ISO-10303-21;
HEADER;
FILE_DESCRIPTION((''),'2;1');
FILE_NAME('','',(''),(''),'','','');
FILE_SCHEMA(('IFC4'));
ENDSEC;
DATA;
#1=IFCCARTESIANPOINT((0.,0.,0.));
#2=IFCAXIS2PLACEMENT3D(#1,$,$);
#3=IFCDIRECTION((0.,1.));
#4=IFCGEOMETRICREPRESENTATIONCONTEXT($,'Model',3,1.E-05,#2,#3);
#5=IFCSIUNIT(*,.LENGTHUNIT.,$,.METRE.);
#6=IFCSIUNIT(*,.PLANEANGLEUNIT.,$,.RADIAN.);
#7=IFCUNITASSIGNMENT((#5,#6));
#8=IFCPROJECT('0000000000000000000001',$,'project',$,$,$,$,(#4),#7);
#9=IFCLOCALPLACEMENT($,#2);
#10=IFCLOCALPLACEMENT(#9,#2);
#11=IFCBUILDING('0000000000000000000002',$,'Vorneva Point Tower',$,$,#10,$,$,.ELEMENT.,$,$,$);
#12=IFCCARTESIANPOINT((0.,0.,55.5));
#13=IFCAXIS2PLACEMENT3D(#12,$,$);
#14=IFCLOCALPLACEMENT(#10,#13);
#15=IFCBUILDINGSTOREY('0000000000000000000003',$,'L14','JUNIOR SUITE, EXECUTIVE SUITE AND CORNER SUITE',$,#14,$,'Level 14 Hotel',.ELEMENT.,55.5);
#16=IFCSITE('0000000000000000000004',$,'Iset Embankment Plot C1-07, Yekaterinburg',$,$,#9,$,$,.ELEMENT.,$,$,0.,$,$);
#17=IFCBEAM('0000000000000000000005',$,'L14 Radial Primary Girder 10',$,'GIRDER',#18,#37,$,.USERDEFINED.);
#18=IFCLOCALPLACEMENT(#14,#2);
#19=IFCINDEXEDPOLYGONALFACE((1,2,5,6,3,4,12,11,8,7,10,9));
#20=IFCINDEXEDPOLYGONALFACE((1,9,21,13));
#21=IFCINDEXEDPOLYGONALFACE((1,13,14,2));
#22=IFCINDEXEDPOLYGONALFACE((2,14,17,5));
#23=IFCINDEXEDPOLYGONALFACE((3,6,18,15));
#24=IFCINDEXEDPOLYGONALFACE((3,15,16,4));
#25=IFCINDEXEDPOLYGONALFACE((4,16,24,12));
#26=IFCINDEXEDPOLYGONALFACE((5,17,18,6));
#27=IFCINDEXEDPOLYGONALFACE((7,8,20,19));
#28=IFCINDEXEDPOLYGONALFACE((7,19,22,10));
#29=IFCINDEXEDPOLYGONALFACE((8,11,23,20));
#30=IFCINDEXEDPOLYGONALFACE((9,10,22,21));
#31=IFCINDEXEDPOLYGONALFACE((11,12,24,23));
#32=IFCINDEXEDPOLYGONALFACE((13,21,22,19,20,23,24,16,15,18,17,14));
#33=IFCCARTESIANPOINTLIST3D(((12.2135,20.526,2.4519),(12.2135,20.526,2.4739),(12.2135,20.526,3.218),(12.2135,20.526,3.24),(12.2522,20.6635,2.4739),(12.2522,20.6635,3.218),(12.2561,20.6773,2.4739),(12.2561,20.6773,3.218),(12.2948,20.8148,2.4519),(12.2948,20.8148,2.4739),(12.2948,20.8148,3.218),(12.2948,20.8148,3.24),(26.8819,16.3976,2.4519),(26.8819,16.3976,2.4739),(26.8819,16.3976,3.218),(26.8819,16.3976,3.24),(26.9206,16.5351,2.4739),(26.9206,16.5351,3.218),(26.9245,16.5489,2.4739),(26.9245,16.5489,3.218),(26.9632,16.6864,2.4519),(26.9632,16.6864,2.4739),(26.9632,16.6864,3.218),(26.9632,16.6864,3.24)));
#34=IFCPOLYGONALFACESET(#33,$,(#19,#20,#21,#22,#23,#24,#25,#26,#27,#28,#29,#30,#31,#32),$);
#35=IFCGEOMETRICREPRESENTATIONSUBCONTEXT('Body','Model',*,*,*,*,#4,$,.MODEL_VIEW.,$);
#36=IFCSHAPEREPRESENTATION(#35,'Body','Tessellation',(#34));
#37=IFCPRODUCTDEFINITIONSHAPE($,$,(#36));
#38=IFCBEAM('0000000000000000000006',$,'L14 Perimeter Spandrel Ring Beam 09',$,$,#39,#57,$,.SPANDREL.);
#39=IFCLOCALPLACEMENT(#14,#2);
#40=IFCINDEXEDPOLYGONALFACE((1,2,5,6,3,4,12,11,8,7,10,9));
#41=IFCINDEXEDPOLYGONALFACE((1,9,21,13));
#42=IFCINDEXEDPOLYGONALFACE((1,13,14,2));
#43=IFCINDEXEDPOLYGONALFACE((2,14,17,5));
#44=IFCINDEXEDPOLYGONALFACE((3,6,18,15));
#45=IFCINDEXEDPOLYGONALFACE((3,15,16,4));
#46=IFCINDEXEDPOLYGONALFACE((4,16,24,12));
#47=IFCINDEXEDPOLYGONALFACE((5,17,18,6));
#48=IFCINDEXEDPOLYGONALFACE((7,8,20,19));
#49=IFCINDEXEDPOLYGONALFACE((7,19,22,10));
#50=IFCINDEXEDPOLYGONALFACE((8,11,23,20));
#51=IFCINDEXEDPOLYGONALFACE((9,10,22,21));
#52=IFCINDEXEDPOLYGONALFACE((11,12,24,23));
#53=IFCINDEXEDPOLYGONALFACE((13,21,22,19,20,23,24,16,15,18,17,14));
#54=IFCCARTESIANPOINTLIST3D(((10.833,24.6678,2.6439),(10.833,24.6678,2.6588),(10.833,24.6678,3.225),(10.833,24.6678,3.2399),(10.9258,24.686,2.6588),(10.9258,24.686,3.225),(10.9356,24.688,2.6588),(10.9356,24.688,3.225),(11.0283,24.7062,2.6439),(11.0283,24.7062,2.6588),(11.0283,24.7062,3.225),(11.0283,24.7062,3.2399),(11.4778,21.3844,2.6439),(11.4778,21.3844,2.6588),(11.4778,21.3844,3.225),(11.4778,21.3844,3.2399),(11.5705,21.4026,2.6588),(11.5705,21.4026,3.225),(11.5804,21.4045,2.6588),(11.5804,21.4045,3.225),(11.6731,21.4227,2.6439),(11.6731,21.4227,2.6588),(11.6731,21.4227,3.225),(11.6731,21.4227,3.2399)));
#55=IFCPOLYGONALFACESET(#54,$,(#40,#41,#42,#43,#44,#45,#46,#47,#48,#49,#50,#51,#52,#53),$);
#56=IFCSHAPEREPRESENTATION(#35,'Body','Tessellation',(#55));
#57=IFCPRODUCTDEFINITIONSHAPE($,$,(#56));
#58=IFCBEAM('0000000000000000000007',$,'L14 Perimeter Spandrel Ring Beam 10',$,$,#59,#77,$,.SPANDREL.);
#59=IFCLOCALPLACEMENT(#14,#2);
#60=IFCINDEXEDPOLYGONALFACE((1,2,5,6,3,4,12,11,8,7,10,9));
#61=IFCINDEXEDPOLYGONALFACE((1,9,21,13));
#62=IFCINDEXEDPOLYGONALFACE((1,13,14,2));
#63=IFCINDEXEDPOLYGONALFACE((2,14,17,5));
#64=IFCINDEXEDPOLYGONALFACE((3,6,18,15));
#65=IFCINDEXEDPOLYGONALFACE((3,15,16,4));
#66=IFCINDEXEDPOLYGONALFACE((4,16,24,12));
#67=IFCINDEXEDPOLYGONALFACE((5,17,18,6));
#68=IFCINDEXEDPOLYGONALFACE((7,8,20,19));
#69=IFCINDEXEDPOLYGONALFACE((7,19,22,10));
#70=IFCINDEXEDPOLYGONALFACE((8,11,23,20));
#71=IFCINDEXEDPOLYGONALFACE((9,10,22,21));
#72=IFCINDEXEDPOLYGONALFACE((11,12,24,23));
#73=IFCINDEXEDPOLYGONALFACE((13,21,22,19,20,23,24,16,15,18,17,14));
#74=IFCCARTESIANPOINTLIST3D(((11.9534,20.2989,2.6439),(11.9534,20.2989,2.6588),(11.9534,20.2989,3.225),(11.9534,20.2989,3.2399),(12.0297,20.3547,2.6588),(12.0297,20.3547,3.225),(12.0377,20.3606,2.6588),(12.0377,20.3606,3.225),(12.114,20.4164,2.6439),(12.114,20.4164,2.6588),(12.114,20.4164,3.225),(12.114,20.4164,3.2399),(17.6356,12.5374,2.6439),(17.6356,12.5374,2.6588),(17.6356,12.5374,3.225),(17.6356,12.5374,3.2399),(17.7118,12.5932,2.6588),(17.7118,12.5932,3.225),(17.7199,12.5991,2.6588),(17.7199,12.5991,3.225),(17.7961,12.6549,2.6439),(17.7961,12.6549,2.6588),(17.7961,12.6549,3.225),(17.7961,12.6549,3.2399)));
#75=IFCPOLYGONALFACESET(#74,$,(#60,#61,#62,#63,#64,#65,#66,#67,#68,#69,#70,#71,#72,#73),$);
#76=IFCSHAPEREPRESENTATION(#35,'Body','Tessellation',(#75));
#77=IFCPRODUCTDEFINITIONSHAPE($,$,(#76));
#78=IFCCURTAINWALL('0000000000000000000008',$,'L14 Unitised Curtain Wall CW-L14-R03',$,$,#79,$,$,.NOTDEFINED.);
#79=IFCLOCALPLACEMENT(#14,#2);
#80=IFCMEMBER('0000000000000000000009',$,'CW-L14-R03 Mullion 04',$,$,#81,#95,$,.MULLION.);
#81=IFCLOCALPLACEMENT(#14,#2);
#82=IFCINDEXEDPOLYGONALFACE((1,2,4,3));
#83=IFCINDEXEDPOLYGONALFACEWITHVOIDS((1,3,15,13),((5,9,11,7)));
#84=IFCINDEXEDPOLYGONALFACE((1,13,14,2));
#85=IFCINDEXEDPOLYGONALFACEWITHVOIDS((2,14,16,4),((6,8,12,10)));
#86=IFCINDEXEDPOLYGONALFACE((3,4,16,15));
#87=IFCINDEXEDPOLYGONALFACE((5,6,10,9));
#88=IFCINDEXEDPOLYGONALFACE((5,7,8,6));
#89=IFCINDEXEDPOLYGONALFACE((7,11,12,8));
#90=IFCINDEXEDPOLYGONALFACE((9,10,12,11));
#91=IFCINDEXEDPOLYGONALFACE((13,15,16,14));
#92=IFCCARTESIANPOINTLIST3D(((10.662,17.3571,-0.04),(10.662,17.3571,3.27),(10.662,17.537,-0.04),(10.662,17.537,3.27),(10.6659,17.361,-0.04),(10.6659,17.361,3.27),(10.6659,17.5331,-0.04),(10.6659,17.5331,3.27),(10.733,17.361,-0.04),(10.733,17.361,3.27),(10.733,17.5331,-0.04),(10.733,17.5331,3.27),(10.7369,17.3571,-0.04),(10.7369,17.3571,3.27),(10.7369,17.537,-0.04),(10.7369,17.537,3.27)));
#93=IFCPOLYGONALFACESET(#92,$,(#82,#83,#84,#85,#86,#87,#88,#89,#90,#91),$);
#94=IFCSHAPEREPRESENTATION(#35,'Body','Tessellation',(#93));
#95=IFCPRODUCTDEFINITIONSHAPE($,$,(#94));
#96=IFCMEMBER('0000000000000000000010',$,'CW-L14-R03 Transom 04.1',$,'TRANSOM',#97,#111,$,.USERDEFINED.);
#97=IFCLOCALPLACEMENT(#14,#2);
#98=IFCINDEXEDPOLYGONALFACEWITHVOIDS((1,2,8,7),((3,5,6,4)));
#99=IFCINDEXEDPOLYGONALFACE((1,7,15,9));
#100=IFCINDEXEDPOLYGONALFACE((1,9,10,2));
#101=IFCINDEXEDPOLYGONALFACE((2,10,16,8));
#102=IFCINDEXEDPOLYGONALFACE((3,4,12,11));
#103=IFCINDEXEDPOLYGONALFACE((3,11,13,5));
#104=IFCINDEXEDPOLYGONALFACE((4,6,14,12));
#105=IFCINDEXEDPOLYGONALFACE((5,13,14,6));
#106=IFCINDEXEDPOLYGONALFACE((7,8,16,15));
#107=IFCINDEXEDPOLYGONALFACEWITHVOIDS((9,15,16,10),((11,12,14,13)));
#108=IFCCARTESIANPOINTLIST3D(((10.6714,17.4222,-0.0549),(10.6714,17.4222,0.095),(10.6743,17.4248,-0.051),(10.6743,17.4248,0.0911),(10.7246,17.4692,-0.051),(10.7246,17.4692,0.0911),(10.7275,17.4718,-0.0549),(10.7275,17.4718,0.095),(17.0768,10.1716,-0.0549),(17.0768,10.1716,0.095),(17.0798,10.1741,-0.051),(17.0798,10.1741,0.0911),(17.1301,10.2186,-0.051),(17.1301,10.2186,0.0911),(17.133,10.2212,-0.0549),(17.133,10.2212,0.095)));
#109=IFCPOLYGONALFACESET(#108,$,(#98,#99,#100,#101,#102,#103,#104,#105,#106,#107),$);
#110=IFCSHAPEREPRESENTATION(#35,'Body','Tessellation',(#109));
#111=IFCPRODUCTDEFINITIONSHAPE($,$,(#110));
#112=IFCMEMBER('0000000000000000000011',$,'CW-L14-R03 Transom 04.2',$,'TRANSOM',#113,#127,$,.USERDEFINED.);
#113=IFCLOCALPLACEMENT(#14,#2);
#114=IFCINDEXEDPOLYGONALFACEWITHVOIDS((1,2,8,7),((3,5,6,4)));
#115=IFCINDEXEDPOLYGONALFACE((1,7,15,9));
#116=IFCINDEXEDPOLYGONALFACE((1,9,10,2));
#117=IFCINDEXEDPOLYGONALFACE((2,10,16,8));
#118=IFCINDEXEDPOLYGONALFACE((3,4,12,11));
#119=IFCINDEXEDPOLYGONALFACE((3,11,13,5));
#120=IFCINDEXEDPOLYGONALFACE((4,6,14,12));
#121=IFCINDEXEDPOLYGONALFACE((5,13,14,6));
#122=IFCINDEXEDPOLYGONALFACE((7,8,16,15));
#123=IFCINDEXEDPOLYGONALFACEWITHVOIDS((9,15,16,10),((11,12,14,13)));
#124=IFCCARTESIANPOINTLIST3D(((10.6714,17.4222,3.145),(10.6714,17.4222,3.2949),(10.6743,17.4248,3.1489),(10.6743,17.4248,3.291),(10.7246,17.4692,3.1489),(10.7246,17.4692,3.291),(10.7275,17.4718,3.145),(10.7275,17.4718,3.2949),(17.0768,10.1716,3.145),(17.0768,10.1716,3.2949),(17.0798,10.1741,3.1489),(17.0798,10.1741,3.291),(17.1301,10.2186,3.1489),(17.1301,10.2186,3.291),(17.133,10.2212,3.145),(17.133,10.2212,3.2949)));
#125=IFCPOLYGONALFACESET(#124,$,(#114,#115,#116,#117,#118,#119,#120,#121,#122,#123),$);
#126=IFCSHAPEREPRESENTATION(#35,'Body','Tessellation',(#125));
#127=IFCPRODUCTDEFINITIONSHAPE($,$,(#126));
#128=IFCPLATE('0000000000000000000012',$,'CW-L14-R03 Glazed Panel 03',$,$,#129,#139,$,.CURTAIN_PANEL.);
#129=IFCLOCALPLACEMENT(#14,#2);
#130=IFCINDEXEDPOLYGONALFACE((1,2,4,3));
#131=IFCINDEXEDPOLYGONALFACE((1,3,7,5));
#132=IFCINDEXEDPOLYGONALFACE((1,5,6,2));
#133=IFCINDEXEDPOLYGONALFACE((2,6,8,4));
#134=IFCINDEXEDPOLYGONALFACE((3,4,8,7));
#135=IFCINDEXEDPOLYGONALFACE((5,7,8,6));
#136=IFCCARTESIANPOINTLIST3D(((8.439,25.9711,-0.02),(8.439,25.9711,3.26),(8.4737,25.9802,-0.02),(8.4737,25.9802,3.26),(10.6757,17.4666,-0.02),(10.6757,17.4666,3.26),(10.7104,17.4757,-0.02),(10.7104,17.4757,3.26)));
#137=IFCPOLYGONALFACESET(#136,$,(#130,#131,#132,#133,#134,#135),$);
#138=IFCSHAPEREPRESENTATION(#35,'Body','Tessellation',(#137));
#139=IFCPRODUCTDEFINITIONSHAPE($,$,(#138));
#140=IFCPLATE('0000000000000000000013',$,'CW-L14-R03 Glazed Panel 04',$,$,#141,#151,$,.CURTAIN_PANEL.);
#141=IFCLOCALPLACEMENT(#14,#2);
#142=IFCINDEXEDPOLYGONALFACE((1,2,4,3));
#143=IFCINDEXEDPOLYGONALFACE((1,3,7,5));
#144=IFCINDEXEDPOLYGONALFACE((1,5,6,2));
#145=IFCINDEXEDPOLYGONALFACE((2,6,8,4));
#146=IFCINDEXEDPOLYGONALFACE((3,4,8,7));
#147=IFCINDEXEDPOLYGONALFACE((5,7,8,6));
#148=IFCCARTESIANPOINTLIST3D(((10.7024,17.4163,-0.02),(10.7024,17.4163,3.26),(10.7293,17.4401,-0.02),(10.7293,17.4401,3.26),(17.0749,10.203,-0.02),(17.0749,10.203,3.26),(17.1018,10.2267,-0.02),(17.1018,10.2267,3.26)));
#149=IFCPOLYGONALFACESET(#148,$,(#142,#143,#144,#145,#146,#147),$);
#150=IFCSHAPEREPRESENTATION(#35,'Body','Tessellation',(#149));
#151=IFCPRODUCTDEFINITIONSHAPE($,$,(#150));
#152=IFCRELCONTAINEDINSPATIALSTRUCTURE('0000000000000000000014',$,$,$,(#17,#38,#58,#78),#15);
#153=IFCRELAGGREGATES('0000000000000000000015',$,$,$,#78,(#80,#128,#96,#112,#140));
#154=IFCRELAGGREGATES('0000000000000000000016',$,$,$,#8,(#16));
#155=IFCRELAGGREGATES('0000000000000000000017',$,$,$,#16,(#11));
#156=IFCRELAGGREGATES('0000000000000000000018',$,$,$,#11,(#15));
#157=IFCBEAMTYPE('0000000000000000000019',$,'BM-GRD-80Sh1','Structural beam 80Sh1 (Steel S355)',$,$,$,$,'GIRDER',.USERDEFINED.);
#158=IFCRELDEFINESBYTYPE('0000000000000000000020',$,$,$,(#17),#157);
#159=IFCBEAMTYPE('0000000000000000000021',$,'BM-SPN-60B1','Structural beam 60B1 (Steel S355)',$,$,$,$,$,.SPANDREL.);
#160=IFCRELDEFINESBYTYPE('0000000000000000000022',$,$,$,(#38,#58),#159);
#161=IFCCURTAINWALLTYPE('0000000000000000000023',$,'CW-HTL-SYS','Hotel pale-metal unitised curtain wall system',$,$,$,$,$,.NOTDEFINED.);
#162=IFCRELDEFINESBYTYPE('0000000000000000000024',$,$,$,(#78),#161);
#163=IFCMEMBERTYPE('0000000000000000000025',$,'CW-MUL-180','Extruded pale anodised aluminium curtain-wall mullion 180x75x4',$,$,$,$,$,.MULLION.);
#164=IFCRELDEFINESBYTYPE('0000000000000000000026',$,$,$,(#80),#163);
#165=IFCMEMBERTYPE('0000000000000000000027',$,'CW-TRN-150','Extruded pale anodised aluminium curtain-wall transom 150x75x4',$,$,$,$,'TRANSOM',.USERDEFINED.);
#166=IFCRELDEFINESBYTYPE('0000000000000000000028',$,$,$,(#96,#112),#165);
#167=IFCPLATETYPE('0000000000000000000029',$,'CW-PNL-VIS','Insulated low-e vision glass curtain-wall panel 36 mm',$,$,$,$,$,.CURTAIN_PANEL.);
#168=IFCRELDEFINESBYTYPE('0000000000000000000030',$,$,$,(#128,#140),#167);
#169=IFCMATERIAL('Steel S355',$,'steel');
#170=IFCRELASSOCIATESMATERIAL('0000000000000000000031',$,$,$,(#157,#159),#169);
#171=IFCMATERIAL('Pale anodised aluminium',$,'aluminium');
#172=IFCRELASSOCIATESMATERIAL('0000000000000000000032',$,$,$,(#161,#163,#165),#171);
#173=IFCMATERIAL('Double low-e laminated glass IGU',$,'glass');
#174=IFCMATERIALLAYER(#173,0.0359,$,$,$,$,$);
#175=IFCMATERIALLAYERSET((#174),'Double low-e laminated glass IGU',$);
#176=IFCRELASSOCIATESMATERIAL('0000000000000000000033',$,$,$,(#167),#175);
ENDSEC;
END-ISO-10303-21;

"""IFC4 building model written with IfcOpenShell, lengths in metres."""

from ifc_helpers import new_model, si_unit, direction, frame, origin, origin_2d, place, context, subcontext, project, spatial, rectangle, hollow_rectangle, i_section, extrude, material, layer, layer_set, material_profile, profile_set, type_object, element, aggregate, save


model = new_model("IFC4")

# Units and contexts
model_context = context("Model", 3, precision=1e-05, world=origin(), true_north=direction((0.0, 1.0)))
body_context = subcontext(model_context, "Body", "Model", "MODEL_VIEW")
ifc_project = project(units=[si_unit("LENGTHUNIT", "METRE"), si_unit("PLANEANGLEUNIT", "RADIAN")], contexts=[model_context])

# Site, building, storey
site_placement = place(None, origin())
site = spatial("IfcSite", under=ifc_project, at=site_placement, Name="Iset Embankment Plot C1-07, Yekaterinburg", CompositionType="ELEMENT", RefElevation=0.0)
building_placement = place(site_placement, origin())
building = spatial("IfcBuilding", under=site, at=building_placement, Name="Vorneva Point Tower", CompositionType="ELEMENT")
storey_placement = place(building_placement, frame((0.0, 0.0, 55.5)))
storey = spatial("IfcBuildingStorey", under=building, at=storey_placement, Name="L14", Description="JUNIOR SUITE, EXECUTIVE SUITE AND CORNER SUITE", LongName="Level 14 Hotel", CompositionType="ELEMENT", Elevation=55.5)

# Beams
ifc_material_1 = material(Name="Steel S355", Category="steel")
ifc_material_profile_1 = material_profile(ifc_material_1, i_section(OverallWidth=0.3, OverallDepth=0.7881, WebThickness=0.0144, FlangeThickness=0.022, at=origin_2d()), Name="80Sh1")
ifc_profile_set_1 = profile_set([ifc_material_profile_1], Name="Steel S355")
beam_type_1 = type_object("IfcBeamType", Name="BM-GRD-80Sh1", Description="Structural beam 80Sh1 (Steel S355)", ElementType="GIRDER", PredefinedType="USERDEFINED", material=ifc_profile_set_1)
beam_1_placement = place(storey_placement, frame((12.2542, 20.6704, 2.8459), z_axis=(0.962601, -0.270923, 0.0), x_axis=(0.270923, 0.962601, 0.0)))
element("IfcBeam", 1, at=beam_1_placement, inside=storey, type_object=beam_type_1, Name="L14 Radial Primary Girder 10", ObjectType="GIRDER", PredefinedType="USERDEFINED", context=body_context, shape_type="SweptSolid", body=[
    extrude(i_section(OverallWidth=0.3, OverallDepth=0.7881, WebThickness=0.0144, FlangeThickness=0.022, at=origin_2d()), origin(), (0.0, 0.0, 1.0), 15.2383),
])
ifc_material_profile_2 = material_profile(ifc_material_1, i_section(OverallWidth=0.199, OverallDepth=0.5959, WebThickness=0.01, FlangeThickness=0.0149, at=origin_2d()), Name="60B1")
ifc_profile_set_2 = profile_set([ifc_material_profile_2], Name="Steel S355")
beam_type_2 = type_object("IfcBeamType", Name="BM-SPN-60B1", Description="Structural beam 60B1 (Steel S355)", PredefinedType="SPANDREL", material=ifc_profile_set_2)
beam_2_placement = place(storey_placement, frame((10.9307, 24.687, 2.9419), z_axis=(0.192691, -0.981259, 0.0), x_axis=(0.981259, 0.192691, 0.0)))
element("IfcBeam", 2, at=beam_2_placement, inside=storey, type_object=beam_type_2, Name="L14 Perimeter Spandrel Ring Beam 09", PredefinedType="SPANDREL", context=body_context, shape_type="SweptSolid", body=[
    extrude(i_section(OverallWidth=0.199, OverallDepth=0.5959, WebThickness=0.01, FlangeThickness=0.0149, at=origin_2d()), origin(), (0.0, 0.0, 1.0), 3.3462),
])
beam_3_placement = place(storey_placement, frame((12.0337, 20.3577, 2.9419), z_axis=(0.590713, -0.806882, 0.0), x_axis=(0.806882, 0.590713, 0.0)))
element("IfcBeam", 3, at=beam_3_placement, inside=storey, type_object=beam_type_2, Name="L14 Perimeter Spandrel Ring Beam 10", PredefinedType="SPANDREL", context=body_context, shape_type="SweptSolid", body=[
    extrude(i_section(OverallWidth=0.199, OverallDepth=0.5959, WebThickness=0.01, FlangeThickness=0.0149, at=origin_2d()), origin(), (0.0, 0.0, 1.0), 9.6191),
])

# Curtain wall, members, plates
ifc_material_2 = material(Name="Pale anodised aluminium", Category="aluminium")
curtain_wall_type = type_object("IfcCurtainWallType", Name="CW-HTL-SYS", Description="Hotel pale-metal unitised curtain wall system", PredefinedType="NOTDEFINED", material=ifc_material_2)
curtain_wall_placement = place(storey_placement, origin())
curtain_wall = element("IfcCurtainWall", 4, at=curtain_wall_placement, inside=storey, type_object=curtain_wall_type, Name="L14 Unitised Curtain Wall CW-L14-R03", PredefinedType="NOTDEFINED")
ifc_material_profile_3 = material_profile(ifc_material_2, hollow_rectangle(XDim=0.075, YDim=0.1799, WallThickness=0.0039, at=origin_2d()), Name="AL-MUL 180x75x4")
ifc_profile_set_3 = profile_set([ifc_material_profile_3], Name="Pale anodised aluminium")
member_type_1 = type_object("IfcMemberType", Name="CW-MUL-180", Description="Extruded pale anodised aluminium curtain-wall mullion 180x75x4", PredefinedType="MULLION", material=ifc_profile_set_3)
member_1_placement = place(storey_placement, frame((10.6995, 17.447, -0.04), z_axis=(0.0, 0.0, 1.0), x_axis=(1.0, 0.0, 0.0)))
member_1 = element("IfcMember", 5, at=member_1_placement, type_object=member_type_1, Name="CW-L14-R03 Mullion 04", PredefinedType="MULLION", context=body_context, shape_type="SweptSolid", body=[
    extrude(hollow_rectangle(XDim=0.075, YDim=0.1799, WallThickness=0.0039, at=origin_2d()), origin(), (0.0, 0.0, 1.0), 3.3101),
])
ifc_material_profile_4 = material_profile(ifc_material_2, hollow_rectangle(XDim=0.075, YDim=0.1499, WallThickness=0.0039, at=origin_2d()), Name="AL-TRN 150x75x4")
ifc_profile_set_4 = profile_set([ifc_material_profile_4], Name="Pale anodised aluminium")
member_type_2 = type_object("IfcMemberType", Name="CW-TRN-150", Description="Extruded pale anodised aluminium curtain-wall transom 150x75x4", ElementType="TRANSOM", PredefinedType="USERDEFINED", material=ifc_profile_set_4)
member_2_placement = place(storey_placement, frame((10.6995, 17.447, 0.02), z_axis=(0.662076, -0.749437, 0.0), x_axis=(0.749437, 0.662076, 0.0)))
member_2 = element("IfcMember", 6, at=member_2_placement, type_object=member_type_2, Name="CW-L14-R03 Transom 04.1", ObjectType="TRANSOM", PredefinedType="USERDEFINED", context=body_context, shape_type="SweptSolid", body=[
    extrude(hollow_rectangle(XDim=0.075, YDim=0.1499, WallThickness=0.0039, at=origin_2d()), origin(), (0.0, 0.0, 1.0), 9.6748),
])
member_3_placement = place(storey_placement, frame((10.6995, 17.447, 3.22), z_axis=(0.662076, -0.749437, 0.0), x_axis=(0.749437, 0.662076, 0.0)))
member_3 = element("IfcMember", 7, at=member_3_placement, type_object=member_type_2, Name="CW-L14-R03 Transom 04.2", ObjectType="TRANSOM", PredefinedType="USERDEFINED", context=body_context, shape_type="SweptSolid", body=[
    extrude(hollow_rectangle(XDim=0.075, YDim=0.1499, WallThickness=0.0039, at=origin_2d()), origin(), (0.0, 0.0, 1.0), 9.6748),
])
ifc_material_3 = material(Name="Double low-e laminated glass IGU", Category="glass")
ifc_layer_1 = layer(ifc_material_3, 0.0359)
ifc_layer_set_1 = layer_set([ifc_layer_1], Name="Double low-e laminated glass IGU")
plate_type = type_object("IfcPlateType", Name="CW-PNL-VIS", Description="Insulated low-e vision glass curtain-wall panel 36 mm", PredefinedType="CURTAIN_PANEL", material=ifc_layer_set_1)
plate_1_placement = place(storey_placement, frame((9.5747, 21.7234, -0.02), z_axis=(0.0, 0.0, 1.0), x_axis=(0.254349, -0.967113, 0.0)))
plate_1 = element("IfcPlate", 8, at=plate_1_placement, type_object=plate_type, Name="CW-L14-R03 Glazed Panel 03", PredefinedType="CURTAIN_PANEL", context=body_context, shape_type="SweptSolid", body=[
    extrude(rectangle(XDim=8.7937, YDim=0.0359, at=origin_2d()), origin(), (0.0, 0.0, 1.0), 3.28),
])
plate_2_placement = place(storey_placement, frame((13.9021, 13.8215, -0.02), z_axis=(0.0, 0.0, 1.0), x_axis=(0.662071, -0.749441, 0.0)))
plate_2 = element("IfcPlate", 9, at=plate_2_placement, type_object=plate_type, Name="CW-L14-R03 Glazed Panel 04", PredefinedType="CURTAIN_PANEL", context=body_context, shape_type="SweptSolid", body=[
    extrude(rectangle(XDim=9.625, YDim=0.0359, at=origin_2d()), origin(), (0.0, 0.0, 1.0), 3.28),
])
aggregate(curtain_wall, [member_1, plate_1, member_2, member_3, plate_2])

save(model, "model.ifc")
